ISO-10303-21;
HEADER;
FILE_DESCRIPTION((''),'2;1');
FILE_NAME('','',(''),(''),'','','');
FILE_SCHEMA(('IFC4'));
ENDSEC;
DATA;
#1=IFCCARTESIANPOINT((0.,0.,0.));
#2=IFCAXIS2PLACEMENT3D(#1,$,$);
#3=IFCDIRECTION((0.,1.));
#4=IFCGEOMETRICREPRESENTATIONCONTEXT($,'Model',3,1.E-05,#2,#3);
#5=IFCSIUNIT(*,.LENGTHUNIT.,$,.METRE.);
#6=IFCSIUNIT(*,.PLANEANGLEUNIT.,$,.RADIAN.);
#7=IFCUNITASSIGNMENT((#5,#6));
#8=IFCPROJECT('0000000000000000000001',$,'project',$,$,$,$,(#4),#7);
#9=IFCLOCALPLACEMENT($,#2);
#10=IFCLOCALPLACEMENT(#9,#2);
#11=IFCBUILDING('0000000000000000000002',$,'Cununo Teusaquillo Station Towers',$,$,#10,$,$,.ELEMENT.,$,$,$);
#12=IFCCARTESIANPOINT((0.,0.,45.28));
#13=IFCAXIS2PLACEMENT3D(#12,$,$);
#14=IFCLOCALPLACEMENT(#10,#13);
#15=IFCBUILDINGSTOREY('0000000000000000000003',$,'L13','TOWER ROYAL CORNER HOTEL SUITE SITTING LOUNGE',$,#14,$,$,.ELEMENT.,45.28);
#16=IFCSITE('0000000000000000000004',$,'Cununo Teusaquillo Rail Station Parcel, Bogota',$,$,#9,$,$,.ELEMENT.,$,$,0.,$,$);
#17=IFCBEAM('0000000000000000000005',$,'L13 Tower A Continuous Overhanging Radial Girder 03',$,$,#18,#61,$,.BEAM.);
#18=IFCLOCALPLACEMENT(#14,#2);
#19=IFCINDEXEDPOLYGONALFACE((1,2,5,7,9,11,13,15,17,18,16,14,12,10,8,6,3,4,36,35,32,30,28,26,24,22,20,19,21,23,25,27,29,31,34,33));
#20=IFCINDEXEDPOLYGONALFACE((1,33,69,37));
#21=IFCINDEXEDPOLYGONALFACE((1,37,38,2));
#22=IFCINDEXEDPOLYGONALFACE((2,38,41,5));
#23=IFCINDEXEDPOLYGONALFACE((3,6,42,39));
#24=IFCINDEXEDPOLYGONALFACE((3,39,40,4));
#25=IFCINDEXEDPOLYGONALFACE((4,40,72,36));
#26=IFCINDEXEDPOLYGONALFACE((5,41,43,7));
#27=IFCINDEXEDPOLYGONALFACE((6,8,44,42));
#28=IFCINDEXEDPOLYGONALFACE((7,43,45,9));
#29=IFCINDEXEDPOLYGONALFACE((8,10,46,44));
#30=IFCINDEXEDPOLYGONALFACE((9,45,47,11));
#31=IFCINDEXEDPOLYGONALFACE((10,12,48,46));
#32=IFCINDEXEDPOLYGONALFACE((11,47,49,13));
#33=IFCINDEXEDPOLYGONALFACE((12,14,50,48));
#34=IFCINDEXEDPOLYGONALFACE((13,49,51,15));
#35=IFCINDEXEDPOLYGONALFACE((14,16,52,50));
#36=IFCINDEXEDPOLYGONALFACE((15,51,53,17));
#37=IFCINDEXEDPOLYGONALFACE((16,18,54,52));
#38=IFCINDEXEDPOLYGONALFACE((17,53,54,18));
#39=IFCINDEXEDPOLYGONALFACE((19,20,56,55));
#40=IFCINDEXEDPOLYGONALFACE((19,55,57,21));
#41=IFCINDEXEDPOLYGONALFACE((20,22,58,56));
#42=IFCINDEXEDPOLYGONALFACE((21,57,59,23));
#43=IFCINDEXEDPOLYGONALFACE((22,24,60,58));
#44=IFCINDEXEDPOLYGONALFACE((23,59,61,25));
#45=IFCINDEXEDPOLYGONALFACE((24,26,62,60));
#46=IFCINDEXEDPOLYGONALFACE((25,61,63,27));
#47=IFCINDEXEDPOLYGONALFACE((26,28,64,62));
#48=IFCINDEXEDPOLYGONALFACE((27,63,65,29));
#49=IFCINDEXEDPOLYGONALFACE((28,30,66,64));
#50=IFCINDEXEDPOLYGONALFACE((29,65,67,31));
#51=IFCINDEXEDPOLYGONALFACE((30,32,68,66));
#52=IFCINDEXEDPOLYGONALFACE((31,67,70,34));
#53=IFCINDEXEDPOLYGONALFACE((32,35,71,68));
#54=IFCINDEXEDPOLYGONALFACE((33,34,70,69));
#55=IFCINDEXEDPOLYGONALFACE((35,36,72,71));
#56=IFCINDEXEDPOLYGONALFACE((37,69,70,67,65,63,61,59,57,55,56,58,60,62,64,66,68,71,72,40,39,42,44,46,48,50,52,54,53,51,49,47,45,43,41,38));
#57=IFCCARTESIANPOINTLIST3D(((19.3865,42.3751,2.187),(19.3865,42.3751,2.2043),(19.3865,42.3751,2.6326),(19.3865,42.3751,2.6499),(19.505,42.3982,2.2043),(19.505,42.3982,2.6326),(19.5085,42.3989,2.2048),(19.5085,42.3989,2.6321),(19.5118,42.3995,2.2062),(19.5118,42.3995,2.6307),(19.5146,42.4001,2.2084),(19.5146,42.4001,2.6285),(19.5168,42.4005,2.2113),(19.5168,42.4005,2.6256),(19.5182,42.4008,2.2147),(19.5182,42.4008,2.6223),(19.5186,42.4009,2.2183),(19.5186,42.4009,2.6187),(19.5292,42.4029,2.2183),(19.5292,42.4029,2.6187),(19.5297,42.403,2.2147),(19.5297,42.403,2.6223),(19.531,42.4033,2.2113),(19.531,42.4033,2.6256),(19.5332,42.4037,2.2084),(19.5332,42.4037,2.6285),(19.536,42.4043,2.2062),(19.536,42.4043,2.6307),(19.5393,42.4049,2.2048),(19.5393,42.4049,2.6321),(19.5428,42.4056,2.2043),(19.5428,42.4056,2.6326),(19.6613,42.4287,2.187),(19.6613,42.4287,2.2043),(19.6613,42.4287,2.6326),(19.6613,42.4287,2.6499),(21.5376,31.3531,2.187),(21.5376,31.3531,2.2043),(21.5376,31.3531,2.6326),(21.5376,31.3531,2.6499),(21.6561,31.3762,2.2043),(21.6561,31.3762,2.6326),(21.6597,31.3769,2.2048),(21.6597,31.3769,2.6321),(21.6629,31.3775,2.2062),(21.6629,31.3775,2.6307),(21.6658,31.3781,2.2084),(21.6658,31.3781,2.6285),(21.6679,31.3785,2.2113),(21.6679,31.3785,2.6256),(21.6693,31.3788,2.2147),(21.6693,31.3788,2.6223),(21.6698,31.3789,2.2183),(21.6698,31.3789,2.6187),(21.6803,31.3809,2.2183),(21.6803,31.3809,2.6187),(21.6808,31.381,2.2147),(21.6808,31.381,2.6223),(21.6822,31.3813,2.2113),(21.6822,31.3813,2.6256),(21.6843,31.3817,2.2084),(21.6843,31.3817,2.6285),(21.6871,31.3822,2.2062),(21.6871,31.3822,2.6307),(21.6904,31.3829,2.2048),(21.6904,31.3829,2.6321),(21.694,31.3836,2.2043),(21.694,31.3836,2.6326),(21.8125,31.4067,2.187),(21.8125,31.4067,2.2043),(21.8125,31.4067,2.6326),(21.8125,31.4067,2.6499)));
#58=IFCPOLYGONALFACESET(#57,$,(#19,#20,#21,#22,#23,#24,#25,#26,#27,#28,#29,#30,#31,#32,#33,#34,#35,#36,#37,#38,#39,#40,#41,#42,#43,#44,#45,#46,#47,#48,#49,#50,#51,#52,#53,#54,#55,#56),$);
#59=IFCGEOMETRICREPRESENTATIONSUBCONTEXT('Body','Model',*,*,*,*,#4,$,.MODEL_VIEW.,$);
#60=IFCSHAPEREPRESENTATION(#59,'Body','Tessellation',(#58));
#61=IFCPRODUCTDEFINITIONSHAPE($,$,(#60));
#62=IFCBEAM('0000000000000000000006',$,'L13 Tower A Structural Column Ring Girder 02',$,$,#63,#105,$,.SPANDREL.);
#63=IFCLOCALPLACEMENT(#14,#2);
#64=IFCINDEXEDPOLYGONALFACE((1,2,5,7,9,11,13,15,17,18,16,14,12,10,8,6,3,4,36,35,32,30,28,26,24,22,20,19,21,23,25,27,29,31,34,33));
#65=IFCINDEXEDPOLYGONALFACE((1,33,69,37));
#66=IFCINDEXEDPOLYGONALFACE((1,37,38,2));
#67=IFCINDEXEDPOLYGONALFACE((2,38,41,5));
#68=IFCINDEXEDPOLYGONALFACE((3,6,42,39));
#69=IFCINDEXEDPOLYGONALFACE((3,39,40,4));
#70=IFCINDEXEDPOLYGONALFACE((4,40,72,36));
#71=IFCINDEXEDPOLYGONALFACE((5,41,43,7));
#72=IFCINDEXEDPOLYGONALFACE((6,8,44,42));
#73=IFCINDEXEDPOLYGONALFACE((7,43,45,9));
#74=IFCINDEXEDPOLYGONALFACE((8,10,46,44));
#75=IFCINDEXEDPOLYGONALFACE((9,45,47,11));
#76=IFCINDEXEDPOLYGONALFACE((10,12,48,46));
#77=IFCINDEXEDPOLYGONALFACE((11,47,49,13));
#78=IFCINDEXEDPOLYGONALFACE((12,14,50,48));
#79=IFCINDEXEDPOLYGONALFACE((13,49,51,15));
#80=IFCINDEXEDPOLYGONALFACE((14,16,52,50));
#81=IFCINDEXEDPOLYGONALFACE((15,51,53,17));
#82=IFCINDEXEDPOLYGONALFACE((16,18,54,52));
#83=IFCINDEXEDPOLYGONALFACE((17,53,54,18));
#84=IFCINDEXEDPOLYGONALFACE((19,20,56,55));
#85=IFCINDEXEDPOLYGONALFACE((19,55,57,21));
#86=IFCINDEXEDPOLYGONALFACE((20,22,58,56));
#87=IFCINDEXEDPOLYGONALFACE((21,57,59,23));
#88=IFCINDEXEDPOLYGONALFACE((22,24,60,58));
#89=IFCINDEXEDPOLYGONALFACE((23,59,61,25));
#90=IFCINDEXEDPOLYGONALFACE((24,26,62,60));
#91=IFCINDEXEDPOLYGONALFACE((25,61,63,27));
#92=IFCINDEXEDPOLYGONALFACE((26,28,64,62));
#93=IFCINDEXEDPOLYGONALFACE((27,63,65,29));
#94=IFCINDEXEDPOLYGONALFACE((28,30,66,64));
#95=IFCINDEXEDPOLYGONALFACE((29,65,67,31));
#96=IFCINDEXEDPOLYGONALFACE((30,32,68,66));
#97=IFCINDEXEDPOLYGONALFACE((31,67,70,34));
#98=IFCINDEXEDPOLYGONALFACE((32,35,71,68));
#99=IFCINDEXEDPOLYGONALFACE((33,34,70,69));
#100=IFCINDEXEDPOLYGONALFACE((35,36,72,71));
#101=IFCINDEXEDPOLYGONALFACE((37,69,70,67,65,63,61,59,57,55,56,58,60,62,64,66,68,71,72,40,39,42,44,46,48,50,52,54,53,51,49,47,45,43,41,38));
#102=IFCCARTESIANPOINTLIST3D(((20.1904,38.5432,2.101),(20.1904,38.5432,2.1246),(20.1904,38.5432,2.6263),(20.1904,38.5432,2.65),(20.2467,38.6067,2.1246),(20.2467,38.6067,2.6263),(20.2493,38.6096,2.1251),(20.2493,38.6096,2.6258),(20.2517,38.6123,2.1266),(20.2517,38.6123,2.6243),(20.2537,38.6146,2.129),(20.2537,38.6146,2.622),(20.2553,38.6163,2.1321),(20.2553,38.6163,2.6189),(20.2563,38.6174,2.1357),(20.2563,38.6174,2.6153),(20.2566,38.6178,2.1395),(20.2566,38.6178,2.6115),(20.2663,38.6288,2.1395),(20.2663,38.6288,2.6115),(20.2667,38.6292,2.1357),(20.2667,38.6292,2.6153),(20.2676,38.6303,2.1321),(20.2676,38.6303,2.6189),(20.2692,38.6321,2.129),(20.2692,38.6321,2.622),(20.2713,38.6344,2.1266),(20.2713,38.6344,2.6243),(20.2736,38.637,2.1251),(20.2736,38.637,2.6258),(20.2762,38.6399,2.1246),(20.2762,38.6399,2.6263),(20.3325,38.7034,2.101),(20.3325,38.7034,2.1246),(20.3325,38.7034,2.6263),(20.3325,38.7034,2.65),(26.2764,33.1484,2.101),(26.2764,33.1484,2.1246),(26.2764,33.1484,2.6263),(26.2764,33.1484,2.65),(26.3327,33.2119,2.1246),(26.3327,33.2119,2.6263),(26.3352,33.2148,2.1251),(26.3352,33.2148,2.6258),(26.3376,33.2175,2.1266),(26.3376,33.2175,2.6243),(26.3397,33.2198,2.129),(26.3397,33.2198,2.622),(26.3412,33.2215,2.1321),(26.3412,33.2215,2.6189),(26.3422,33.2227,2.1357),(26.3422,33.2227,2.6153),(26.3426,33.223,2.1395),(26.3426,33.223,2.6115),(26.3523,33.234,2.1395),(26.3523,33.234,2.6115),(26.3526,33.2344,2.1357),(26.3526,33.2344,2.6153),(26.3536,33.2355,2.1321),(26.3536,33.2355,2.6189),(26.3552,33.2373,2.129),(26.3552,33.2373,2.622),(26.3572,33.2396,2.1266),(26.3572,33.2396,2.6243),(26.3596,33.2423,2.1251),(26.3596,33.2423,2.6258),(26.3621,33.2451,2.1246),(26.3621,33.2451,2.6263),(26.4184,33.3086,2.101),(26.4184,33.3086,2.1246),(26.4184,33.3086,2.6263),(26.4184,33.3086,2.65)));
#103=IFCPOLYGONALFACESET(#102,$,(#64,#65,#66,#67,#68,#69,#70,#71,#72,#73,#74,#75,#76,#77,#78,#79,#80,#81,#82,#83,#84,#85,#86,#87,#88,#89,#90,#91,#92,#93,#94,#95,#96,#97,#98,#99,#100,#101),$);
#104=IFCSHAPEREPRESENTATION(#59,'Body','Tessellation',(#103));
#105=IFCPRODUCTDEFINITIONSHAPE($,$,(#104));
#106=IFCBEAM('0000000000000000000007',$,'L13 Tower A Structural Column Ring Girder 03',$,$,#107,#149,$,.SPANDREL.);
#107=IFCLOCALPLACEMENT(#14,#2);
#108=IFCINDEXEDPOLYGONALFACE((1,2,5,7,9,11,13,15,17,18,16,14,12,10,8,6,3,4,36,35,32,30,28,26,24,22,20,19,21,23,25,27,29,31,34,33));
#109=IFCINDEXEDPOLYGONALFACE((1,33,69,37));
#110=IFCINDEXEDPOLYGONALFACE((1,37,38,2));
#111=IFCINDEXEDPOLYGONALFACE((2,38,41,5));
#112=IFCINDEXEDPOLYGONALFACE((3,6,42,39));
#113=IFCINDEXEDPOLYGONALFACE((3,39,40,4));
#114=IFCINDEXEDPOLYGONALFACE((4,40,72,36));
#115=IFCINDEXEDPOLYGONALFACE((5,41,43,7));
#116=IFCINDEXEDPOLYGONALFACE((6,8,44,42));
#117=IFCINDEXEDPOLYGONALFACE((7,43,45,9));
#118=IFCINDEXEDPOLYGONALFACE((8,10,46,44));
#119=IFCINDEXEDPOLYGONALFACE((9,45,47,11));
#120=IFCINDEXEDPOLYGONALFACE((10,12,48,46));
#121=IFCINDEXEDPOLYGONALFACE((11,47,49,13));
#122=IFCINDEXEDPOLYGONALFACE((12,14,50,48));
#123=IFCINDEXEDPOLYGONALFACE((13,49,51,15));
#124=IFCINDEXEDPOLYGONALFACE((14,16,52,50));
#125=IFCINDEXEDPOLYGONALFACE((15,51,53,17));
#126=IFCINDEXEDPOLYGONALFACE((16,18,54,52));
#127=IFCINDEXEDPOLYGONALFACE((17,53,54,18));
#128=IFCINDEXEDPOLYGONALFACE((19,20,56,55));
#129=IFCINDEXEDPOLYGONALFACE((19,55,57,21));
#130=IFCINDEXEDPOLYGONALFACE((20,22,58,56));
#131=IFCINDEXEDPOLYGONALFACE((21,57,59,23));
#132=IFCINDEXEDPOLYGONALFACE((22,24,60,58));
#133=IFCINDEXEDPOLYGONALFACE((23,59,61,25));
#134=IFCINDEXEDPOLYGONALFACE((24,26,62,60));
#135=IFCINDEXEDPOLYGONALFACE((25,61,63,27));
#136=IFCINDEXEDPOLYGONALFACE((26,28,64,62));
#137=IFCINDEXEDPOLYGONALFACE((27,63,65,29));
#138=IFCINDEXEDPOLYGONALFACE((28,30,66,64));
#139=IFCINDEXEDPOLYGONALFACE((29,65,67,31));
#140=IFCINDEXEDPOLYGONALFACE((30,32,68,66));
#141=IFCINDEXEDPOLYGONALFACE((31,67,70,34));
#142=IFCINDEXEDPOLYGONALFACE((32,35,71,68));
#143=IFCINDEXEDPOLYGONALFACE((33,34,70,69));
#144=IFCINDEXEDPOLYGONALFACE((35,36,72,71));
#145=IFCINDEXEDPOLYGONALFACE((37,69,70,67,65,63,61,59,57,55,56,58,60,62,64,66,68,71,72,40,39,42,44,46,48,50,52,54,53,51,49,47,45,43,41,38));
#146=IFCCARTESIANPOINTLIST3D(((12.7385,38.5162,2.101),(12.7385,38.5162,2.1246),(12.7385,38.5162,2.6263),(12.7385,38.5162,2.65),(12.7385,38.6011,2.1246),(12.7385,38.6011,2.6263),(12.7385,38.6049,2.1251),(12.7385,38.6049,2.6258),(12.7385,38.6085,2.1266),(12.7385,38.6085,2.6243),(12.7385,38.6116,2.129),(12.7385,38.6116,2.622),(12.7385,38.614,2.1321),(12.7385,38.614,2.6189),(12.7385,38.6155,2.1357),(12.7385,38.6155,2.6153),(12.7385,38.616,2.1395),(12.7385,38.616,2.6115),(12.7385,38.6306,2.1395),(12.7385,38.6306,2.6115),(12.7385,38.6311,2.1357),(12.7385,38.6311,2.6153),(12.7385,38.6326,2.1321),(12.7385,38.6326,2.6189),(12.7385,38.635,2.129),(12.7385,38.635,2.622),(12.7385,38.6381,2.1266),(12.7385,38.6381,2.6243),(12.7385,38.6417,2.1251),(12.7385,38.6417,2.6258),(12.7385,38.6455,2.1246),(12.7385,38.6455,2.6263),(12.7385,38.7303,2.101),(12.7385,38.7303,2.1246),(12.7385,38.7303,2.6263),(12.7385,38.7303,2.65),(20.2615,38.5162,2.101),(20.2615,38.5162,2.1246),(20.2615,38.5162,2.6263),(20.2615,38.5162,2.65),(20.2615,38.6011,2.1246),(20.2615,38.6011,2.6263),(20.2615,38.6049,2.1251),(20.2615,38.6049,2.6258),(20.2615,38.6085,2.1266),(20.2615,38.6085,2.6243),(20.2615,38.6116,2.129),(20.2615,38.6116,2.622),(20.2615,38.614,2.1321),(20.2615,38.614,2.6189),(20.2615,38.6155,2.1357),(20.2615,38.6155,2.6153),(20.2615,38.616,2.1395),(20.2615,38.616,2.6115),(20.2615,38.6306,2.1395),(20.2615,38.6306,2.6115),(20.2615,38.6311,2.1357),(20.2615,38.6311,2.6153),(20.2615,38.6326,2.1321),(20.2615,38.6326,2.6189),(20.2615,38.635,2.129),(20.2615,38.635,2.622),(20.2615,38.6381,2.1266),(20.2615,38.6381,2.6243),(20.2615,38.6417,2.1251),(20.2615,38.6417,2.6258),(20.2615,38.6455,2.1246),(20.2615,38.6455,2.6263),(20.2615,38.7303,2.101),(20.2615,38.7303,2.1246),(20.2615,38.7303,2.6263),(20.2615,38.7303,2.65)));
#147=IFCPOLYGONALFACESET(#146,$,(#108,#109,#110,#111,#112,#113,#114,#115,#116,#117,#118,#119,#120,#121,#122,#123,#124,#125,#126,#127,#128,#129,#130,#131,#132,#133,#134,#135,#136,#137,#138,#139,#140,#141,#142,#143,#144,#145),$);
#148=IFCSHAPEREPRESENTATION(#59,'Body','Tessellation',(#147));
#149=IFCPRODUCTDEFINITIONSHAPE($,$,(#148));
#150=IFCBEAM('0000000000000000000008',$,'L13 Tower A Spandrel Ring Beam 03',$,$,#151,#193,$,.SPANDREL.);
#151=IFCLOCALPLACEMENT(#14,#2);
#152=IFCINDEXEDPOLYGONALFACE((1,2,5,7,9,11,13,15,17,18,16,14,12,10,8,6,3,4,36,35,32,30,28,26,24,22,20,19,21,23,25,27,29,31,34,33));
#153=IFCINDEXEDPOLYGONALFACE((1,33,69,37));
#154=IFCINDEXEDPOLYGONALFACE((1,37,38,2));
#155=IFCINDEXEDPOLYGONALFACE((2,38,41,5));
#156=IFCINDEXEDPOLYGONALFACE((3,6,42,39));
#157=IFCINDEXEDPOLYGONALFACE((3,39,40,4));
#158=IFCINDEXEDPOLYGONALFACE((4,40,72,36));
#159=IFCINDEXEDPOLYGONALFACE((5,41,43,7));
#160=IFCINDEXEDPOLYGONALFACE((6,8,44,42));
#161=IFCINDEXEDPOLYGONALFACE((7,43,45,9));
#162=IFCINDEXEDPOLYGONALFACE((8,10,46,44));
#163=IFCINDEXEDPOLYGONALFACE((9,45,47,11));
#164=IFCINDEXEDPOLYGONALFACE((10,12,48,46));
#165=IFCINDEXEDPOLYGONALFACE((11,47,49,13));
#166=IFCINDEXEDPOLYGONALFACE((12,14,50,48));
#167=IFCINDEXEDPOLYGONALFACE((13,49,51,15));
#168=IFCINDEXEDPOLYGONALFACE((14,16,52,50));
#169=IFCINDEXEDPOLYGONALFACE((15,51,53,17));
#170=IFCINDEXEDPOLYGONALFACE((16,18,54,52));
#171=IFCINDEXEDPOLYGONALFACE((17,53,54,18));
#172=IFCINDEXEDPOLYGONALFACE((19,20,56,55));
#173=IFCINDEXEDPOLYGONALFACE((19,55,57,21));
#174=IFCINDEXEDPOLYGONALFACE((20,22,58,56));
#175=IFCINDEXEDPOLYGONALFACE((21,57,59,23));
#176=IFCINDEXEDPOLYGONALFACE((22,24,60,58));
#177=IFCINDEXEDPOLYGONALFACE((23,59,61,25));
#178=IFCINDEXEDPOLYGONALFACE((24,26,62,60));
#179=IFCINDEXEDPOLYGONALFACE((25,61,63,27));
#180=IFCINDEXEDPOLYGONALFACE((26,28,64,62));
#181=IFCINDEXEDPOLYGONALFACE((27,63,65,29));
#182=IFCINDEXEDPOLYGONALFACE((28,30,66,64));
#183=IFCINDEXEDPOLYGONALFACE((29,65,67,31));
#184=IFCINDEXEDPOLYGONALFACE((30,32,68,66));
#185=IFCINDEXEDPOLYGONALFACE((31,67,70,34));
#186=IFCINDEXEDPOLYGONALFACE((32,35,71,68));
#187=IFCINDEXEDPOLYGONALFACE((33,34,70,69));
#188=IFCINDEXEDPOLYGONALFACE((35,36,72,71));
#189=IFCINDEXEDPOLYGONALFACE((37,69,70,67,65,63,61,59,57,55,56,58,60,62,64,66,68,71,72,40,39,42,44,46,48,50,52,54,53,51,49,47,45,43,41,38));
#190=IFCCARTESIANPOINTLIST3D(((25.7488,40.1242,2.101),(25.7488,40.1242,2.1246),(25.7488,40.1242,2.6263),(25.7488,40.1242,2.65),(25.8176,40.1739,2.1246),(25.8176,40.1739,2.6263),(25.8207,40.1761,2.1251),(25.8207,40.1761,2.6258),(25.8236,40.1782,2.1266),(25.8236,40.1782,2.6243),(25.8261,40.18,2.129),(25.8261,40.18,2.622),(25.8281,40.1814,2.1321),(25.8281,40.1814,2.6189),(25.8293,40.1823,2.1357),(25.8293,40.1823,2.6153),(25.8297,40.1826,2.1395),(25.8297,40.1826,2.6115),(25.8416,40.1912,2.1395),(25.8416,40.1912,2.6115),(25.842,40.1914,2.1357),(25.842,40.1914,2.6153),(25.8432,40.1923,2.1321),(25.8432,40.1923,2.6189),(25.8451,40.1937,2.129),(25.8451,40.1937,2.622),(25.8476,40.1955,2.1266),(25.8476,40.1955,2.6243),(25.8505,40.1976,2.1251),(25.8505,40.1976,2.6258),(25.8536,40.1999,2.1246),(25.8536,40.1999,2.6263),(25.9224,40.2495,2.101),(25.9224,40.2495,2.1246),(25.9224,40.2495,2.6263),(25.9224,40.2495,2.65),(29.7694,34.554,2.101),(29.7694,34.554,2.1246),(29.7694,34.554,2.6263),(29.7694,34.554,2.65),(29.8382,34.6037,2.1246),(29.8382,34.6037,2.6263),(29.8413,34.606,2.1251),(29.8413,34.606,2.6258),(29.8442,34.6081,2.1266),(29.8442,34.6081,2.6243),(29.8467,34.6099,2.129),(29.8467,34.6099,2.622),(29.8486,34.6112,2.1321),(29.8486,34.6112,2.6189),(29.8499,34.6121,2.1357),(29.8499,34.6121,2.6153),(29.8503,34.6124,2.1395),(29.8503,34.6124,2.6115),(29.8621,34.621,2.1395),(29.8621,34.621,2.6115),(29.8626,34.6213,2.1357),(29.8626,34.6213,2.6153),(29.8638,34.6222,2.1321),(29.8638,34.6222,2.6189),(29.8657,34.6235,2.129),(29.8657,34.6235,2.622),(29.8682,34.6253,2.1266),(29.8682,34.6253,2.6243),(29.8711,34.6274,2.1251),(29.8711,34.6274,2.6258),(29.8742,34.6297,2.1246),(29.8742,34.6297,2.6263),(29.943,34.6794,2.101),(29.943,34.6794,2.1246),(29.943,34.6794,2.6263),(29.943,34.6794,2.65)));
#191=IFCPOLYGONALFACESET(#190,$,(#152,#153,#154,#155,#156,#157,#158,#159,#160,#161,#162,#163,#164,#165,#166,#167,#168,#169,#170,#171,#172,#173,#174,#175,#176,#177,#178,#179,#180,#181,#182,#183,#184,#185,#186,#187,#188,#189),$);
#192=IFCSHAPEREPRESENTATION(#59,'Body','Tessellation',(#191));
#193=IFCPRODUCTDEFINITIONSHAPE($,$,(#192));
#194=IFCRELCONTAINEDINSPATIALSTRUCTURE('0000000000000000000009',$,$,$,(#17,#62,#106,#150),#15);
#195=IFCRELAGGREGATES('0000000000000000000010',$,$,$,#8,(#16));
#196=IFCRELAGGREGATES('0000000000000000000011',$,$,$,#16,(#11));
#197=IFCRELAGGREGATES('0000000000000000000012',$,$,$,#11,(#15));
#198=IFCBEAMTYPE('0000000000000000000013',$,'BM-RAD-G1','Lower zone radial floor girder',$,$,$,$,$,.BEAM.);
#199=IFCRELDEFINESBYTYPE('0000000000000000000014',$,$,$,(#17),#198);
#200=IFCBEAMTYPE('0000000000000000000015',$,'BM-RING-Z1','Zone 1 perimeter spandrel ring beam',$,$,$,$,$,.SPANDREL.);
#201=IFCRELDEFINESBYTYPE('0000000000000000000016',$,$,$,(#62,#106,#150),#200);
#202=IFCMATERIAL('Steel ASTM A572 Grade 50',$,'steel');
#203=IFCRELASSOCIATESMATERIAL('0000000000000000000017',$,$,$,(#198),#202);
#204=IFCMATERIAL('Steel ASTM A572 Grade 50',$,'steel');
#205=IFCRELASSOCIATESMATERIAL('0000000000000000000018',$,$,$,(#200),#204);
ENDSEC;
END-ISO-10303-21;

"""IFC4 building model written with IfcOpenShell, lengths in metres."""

from ifc_helpers import new_model, si_unit, direction, frame, origin, origin_2d, place, context, subcontext, project, spatial, i_section, extrude, material, material_profile, profile_set, type_object, element, save


model = new_model("IFC4")

# Units and contexts
model_context = context("Model", 3, precision=1e-05, world=origin(), true_north=direction((0.0, 1.0)))
body_context = subcontext(model_context, "Body", "Model", "MODEL_VIEW")
ifc_project = project(units=[si_unit("LENGTHUNIT", "METRE"), si_unit("PLANEANGLEUNIT", "RADIAN")], contexts=[model_context])

# Site, building, storey
site_placement = place(None, origin())
site = spatial("IfcSite", under=ifc_project, at=site_placement, Name="Cununo Teusaquillo Rail Station Parcel, Bogota", CompositionType="ELEMENT", RefElevation=0.0)
building_placement = place(site_placement, origin())
building = spatial("IfcBuilding", under=site, at=building_placement, Name="Cununo Teusaquillo Station Towers", CompositionType="ELEMENT")
storey_placement = place(building_placement, frame((0.0, 0.0, 45.28)))
storey = spatial("IfcBuildingStorey", under=building, at=storey_placement, Name="L13", Description="TOWER ROYAL CORNER HOTEL SUITE SITTING LOUNGE", CompositionType="ELEMENT", Elevation=45.28)

# Beams
ifc_material_1 = material(Name="Steel ASTM A572 Grade 50", Category="steel")
ifc_material_profile_1 = material_profile(ifc_material_1, i_section(OverallWidth=0.28, OverallDepth=0.4629, WebThickness=0.0107, FlangeThickness=0.0173, FilletRadius=0.0139, at=origin_2d()), Name="W18X76")
ifc_profile_set_1 = profile_set([ifc_material_profile_1], Name="Steel ASTM A572 Grade 50")
beam_type_1 = type_object("IfcBeamType", Name="BM-RAD-G1", Description="Lower zone radial floor girder", PredefinedType="BEAM", material=ifc_profile_set_1)
beam_1_placement = place(storey_placement, frame((21.675, 31.3799, 2.4185), z_axis=(-0.191553, 0.981482, 0.0), x_axis=(-0.981482, -0.191553, 0.0)))
element("IfcBeam", 1, at=beam_1_placement, inside=storey, type_object=beam_type_1, Name="L13 Tower A Continuous Overhanging Radial Girder 03", PredefinedType="BEAM", context=body_context, shape_type="SweptSolid", body=[
    extrude(i_section(OverallWidth=0.28, OverallDepth=0.4629, WebThickness=0.0107, FlangeThickness=0.0173, FilletRadius=0.0139, at=origin_2d()), origin(), (0.0, 0.0, 1.0), 11.23),
])
ifc_material_2 = material(Name="Steel ASTM A572 Grade 50", Category="steel")
ifc_material_profile_2 = material_profile(ifc_material_2, i_section(OverallWidth=0.2141, OverallDepth=0.5491, WebThickness=0.0146, FlangeThickness=0.0237, FilletRadius=0.0149, at=origin_2d()), Name="W21X93")
ifc_profile_set_2 = profile_set([ifc_material_profile_2], Name="Steel ASTM A572 Grade 50")
beam_type_2 = type_object("IfcBeamType", Name="BM-RING-Z1", Description="Zone 1 perimeter spandrel ring beam", PredefinedType="SPANDREL", material=ifc_profile_set_2)
beam_2_placement = place(storey_placement, frame((26.3474, 33.2285, 2.3755), z_axis=(-0.748321, 0.663337, 0.0), x_axis=(-0.663337, -0.748321, 0.0)))
element("IfcBeam", 2, at=beam_2_placement, inside=storey, type_object=beam_type_2, Name="L13 Tower A Structural Column Ring Girder 02", PredefinedType="SPANDREL", context=body_context, shape_type="SweptSolid", body=[
    extrude(i_section(OverallWidth=0.2141, OverallDepth=0.5491, WebThickness=0.0146, FlangeThickness=0.0237, FilletRadius=0.0149, at=origin_2d()), origin(), (0.0, 0.0, 1.0), 8.1328),
])
beam_3_placement = place(storey_placement, frame((20.2615, 38.6233, 2.3755), z_axis=(-1.0, 0.0, 0.0), x_axis=(0.0, -1.0, 0.0)))
element("IfcBeam", 3, at=beam_3_placement, inside=storey, type_object=beam_type_2, Name="L13 Tower A Structural Column Ring Girder 03", PredefinedType="SPANDREL", context=body_context, shape_type="SweptSolid", body=[
    extrude(i_section(OverallWidth=0.2141, OverallDepth=0.5491, WebThickness=0.0146, FlangeThickness=0.0237, FilletRadius=0.0149, at=origin_2d()), origin(), (0.0, 0.0, 1.0), 7.5229),
])
beam_4_placement = place(storey_placement, frame((29.8562, 34.6167, 2.3755), z_axis=(-0.585269, 0.810839, 0.0), x_axis=(-0.810839, -0.585269, 0.0)))
element("IfcBeam", 4, at=beam_4_placement, inside=storey, type_object=beam_type_2, Name="L13 Tower A Spandrel Ring Beam 03", PredefinedType="SPANDREL", context=body_context, shape_type="SweptSolid", body=[
    extrude(i_section(OverallWidth=0.2141, OverallDepth=0.5491, WebThickness=0.0146, FlangeThickness=0.0237, FilletRadius=0.0149, at=origin_2d()), origin(), (0.0, 0.0, 1.0), 6.8696),
])

save(model, "model.ifc")
